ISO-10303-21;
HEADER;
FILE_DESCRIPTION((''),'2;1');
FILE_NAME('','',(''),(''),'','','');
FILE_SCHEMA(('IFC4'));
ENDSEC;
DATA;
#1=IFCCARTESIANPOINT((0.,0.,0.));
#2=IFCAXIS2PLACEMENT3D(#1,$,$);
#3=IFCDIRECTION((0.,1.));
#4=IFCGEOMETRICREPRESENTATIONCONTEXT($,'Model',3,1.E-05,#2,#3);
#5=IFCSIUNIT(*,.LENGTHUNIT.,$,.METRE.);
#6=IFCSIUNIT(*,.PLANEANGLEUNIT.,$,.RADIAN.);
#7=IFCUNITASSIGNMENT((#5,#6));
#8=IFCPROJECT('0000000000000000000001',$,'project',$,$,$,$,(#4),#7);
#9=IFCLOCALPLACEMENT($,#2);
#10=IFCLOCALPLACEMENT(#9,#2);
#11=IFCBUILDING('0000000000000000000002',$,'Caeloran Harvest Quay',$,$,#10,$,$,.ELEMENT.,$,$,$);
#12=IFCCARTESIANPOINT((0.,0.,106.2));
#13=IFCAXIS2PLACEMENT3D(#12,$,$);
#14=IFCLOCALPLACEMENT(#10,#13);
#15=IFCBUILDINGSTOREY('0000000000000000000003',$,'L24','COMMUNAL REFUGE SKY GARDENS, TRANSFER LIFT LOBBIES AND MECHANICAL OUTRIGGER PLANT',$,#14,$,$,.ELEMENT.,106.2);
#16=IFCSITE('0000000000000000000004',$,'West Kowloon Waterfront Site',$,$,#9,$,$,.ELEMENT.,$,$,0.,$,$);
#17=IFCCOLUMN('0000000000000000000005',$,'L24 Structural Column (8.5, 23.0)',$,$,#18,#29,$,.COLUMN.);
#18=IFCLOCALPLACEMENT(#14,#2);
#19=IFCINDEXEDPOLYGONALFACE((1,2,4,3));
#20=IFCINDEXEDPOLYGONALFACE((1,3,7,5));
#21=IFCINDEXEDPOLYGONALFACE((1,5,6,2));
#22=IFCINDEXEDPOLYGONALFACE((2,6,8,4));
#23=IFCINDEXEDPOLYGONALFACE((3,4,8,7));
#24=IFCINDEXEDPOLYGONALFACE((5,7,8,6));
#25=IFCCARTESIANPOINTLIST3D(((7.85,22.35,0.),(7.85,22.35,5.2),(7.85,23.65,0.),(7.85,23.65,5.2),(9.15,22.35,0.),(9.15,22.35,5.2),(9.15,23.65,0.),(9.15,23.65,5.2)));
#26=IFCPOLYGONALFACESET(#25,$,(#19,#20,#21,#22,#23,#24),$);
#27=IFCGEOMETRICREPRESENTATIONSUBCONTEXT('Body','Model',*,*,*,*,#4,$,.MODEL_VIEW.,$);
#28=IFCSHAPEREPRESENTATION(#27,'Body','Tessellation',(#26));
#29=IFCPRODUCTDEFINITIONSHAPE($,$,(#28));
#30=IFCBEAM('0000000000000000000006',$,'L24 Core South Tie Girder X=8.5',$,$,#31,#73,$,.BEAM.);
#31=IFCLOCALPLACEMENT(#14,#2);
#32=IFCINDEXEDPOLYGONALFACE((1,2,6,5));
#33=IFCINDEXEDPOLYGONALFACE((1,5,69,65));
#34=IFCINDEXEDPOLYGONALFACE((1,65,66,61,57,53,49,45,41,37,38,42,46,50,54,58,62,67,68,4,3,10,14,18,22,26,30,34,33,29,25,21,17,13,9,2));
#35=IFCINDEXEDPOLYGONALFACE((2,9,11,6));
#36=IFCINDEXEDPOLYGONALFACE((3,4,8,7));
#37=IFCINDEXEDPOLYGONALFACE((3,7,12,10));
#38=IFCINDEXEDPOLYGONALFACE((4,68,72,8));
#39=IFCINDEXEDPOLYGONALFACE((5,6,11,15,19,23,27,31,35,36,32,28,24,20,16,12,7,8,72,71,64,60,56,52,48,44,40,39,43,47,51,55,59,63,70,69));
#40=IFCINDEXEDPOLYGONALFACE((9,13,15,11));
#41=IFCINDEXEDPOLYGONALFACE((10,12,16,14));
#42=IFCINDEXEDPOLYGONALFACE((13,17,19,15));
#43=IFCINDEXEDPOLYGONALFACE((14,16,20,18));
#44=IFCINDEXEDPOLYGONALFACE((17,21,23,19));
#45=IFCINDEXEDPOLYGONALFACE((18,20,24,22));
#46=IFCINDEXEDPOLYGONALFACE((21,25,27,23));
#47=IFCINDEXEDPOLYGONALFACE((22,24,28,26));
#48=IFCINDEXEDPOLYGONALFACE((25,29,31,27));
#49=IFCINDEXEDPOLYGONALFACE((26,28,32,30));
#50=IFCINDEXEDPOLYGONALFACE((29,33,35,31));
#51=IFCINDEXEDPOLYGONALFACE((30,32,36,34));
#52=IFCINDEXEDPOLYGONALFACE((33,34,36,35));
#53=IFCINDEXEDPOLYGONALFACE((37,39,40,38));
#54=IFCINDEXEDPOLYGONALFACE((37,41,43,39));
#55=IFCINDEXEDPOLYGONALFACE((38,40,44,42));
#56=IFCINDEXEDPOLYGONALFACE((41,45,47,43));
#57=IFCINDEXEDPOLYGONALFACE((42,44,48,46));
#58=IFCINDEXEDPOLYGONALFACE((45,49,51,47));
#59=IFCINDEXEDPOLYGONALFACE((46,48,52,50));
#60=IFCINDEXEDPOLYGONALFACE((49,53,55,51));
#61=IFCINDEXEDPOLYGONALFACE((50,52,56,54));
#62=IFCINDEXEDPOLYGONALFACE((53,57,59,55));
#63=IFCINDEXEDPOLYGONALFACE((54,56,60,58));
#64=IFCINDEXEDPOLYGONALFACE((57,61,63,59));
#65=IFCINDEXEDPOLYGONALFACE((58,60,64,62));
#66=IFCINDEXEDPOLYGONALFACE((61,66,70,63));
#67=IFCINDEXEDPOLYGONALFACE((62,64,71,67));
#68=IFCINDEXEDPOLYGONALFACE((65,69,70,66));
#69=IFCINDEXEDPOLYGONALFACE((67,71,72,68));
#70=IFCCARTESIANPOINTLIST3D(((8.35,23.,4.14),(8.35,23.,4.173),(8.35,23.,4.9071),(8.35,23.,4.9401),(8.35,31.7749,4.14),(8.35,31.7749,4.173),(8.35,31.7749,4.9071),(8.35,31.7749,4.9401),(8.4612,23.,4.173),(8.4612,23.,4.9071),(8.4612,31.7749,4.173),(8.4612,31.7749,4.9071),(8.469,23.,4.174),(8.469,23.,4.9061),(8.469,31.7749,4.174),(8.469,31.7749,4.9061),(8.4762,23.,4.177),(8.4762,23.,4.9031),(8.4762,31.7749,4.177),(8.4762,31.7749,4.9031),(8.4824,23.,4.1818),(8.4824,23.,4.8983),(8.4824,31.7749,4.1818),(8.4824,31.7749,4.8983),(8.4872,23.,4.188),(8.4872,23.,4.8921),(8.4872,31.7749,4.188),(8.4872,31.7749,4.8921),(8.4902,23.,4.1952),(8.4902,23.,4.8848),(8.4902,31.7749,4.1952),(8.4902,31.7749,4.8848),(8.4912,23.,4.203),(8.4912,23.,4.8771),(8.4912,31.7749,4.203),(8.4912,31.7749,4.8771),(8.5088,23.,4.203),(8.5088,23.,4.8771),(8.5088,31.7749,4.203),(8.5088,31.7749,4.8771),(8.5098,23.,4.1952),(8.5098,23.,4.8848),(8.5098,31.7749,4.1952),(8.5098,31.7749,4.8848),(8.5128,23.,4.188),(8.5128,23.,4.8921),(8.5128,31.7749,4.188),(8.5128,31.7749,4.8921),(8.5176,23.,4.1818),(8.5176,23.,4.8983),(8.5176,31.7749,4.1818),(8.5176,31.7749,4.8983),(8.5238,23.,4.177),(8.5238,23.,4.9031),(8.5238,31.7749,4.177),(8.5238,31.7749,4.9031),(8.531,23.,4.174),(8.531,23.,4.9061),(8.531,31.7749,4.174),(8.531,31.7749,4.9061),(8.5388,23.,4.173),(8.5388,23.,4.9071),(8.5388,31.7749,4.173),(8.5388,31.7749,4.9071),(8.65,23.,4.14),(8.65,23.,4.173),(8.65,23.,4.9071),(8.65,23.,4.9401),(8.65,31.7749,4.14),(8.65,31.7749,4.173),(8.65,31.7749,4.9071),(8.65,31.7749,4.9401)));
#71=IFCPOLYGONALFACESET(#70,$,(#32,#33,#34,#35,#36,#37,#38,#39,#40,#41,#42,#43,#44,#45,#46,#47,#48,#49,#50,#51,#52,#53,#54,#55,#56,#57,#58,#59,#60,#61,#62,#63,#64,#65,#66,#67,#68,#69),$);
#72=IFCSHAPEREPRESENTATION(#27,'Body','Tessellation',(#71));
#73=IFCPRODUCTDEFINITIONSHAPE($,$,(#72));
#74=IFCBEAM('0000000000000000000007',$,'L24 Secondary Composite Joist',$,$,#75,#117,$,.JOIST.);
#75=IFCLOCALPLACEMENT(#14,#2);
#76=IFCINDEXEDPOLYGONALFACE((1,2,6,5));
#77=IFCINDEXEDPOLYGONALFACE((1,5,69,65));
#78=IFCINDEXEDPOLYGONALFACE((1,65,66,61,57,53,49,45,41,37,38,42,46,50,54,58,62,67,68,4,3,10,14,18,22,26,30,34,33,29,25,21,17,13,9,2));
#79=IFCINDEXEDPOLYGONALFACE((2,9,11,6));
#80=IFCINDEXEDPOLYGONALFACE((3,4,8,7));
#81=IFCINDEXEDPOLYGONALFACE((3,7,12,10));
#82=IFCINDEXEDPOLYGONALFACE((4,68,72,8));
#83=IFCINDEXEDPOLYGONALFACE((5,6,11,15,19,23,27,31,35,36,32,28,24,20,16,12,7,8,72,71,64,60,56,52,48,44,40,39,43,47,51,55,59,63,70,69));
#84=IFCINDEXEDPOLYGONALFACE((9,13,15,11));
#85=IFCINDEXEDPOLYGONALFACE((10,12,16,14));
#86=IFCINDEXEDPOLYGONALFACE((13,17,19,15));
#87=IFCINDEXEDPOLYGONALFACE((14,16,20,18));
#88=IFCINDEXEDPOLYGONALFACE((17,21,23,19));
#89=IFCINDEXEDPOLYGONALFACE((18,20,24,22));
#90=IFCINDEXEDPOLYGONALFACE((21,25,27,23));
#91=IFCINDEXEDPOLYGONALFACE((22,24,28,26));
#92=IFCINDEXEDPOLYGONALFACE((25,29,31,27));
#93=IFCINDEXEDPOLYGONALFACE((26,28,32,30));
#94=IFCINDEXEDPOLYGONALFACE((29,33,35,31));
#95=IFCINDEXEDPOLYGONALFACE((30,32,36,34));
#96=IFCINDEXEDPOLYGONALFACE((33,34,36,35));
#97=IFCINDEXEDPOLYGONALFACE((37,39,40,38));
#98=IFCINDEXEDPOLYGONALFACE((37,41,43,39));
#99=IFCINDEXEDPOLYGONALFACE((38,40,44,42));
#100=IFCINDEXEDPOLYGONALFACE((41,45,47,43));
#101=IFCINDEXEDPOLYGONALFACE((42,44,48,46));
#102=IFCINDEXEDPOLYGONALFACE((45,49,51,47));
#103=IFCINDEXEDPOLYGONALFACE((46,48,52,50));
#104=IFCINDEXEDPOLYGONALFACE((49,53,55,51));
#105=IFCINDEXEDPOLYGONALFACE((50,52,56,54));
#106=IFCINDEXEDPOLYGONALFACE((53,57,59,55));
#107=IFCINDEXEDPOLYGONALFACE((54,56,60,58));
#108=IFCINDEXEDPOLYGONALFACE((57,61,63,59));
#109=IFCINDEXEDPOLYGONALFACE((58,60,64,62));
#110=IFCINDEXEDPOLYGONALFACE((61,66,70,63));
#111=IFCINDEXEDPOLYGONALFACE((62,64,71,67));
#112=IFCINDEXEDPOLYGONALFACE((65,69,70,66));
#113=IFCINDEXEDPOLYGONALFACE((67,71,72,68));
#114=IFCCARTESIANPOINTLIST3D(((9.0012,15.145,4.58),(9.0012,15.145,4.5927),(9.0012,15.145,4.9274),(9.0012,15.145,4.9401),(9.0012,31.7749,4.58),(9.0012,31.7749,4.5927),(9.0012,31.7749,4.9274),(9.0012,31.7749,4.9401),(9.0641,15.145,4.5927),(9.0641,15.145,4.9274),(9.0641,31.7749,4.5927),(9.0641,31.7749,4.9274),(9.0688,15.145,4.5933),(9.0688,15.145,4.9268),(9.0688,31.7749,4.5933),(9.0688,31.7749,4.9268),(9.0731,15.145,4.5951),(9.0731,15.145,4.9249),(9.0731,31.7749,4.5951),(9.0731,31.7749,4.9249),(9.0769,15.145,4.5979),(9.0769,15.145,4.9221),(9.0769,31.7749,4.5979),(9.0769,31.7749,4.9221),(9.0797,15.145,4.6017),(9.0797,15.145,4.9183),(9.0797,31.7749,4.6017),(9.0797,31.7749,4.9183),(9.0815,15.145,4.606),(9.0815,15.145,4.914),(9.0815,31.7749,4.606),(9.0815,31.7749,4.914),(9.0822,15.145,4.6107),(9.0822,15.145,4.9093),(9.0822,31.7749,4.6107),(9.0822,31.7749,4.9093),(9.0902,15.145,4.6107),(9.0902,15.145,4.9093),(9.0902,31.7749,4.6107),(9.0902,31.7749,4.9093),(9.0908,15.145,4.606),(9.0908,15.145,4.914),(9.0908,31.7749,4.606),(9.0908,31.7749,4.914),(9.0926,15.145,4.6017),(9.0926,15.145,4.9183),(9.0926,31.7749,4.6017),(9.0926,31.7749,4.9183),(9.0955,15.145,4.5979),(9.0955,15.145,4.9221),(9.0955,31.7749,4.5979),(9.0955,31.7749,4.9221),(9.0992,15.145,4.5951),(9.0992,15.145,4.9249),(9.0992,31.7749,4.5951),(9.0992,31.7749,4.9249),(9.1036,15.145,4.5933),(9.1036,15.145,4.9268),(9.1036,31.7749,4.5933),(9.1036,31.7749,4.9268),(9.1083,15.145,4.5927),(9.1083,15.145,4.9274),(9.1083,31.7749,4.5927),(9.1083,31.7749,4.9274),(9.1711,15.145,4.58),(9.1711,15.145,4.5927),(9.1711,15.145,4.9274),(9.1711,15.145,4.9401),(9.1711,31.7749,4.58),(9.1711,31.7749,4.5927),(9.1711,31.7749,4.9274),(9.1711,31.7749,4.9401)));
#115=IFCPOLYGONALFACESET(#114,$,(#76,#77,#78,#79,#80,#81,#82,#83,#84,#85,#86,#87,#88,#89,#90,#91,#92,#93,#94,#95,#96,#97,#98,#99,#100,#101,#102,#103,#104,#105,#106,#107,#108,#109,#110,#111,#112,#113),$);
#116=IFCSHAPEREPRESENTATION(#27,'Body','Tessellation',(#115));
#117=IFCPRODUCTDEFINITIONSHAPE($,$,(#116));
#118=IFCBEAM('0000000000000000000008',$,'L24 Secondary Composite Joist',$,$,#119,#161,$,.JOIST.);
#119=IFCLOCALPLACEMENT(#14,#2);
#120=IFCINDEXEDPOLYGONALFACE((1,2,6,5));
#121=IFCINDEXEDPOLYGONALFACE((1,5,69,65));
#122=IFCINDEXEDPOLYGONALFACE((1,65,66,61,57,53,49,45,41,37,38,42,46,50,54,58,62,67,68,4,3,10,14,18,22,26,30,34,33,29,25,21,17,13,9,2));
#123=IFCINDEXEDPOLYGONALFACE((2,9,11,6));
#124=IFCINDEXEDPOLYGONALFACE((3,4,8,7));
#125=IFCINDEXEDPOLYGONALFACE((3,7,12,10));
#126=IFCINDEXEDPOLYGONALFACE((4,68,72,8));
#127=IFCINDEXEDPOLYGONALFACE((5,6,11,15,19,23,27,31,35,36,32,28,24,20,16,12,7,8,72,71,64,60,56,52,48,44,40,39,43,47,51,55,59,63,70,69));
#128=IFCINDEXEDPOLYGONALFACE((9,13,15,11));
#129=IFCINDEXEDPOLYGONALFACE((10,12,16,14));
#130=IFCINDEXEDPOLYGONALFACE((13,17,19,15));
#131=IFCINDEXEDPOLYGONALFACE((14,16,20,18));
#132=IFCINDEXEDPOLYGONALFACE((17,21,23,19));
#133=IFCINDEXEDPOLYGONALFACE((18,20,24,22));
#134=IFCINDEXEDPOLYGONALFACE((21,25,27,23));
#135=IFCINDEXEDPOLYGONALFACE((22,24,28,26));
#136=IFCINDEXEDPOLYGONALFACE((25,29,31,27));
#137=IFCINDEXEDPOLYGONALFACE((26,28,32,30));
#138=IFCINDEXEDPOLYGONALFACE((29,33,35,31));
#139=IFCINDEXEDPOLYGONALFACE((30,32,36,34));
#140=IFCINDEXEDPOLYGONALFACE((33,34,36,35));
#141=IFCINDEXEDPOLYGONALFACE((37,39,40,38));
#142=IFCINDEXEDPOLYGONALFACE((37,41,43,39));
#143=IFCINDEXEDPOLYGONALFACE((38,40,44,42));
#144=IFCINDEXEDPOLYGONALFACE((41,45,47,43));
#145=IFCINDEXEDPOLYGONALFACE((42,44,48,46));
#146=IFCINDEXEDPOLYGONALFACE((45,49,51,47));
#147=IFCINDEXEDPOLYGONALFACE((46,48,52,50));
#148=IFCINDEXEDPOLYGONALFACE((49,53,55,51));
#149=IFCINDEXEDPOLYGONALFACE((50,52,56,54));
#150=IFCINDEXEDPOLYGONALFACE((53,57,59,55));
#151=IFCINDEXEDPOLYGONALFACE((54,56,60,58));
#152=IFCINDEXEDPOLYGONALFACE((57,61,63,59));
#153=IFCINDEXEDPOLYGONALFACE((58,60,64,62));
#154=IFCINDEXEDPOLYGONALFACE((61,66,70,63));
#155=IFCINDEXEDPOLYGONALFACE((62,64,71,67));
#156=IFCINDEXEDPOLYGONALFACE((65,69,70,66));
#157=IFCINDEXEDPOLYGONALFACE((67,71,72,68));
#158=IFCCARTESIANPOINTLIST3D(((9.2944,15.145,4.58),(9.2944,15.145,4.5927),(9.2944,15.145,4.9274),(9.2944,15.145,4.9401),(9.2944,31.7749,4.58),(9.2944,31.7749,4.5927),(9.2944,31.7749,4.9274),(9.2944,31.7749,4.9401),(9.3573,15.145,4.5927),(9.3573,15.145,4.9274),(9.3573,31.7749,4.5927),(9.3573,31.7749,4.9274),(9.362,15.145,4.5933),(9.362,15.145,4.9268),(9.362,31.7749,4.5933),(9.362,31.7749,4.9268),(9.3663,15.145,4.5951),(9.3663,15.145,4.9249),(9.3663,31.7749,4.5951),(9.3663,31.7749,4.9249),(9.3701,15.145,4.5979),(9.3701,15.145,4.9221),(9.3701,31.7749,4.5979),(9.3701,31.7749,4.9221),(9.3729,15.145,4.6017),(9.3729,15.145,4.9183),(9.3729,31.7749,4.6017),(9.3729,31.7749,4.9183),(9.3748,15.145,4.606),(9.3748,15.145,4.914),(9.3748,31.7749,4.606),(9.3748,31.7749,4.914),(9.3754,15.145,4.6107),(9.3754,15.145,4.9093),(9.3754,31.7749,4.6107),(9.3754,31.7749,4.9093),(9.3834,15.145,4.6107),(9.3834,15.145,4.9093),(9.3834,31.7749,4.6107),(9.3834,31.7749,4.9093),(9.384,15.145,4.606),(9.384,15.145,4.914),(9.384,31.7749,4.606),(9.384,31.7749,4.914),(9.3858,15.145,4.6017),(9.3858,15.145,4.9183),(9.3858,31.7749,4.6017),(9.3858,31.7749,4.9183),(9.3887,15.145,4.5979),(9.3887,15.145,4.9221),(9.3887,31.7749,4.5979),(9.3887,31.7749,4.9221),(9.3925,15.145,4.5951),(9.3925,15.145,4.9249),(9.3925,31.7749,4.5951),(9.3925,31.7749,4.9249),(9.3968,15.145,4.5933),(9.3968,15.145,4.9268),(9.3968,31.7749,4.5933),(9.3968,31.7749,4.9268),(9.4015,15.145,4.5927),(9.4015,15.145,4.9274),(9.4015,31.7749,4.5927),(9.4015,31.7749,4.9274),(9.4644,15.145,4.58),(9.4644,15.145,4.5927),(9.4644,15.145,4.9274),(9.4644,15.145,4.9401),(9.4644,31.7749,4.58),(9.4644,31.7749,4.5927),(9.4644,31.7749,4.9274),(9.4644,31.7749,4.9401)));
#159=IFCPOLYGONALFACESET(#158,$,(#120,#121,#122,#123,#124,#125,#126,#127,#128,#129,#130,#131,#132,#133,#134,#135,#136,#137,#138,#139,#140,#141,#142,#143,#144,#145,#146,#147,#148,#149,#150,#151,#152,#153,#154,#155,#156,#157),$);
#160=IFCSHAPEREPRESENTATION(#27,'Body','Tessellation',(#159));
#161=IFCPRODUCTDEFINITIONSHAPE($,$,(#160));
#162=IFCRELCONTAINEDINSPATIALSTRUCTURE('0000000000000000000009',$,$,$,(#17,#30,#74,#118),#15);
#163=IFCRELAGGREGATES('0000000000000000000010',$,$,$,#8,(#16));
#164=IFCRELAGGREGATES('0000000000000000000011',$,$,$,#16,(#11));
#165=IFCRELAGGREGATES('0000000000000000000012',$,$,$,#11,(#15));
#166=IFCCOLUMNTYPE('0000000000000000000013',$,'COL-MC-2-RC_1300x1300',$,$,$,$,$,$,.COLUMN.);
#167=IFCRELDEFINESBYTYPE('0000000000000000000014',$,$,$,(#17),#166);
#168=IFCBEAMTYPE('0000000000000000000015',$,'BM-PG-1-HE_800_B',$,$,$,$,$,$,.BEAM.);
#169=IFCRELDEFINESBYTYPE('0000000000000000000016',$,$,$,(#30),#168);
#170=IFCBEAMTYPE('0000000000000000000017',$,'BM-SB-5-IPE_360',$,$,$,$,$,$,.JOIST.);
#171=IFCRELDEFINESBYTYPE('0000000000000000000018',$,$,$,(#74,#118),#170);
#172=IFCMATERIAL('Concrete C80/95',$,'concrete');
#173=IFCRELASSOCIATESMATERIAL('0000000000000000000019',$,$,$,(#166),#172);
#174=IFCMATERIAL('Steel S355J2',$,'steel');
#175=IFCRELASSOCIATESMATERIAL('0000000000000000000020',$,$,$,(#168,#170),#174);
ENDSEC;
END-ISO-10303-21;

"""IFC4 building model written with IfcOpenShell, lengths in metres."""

from ifc_helpers import new_model, si_unit, direction, frame, origin, origin_2d, place, context, subcontext, project, spatial, rectangle, i_section, extrude, material, material_profile, profile_set, type_object, element, save


model = new_model("IFC4")

# Units and contexts
model_context = context("Model", 3, precision=1e-05, world=origin(), true_north=direction((0.0, 1.0)))
body_context = subcontext(model_context, "Body", "Model", "MODEL_VIEW")
ifc_project = project(units=[si_unit("LENGTHUNIT", "METRE"), si_unit("PLANEANGLEUNIT", "RADIAN")], contexts=[model_context])

# Site, building, storey
site_placement = place(None, origin())
site = spatial("IfcSite", under=ifc_project, at=site_placement, Name="West Kowloon Waterfront Site", CompositionType="ELEMENT", RefElevation=0.0)
building_placement = place(site_placement, origin())
building = spatial("IfcBuilding", under=site, at=building_placement, Name="Caeloran Harvest Quay", CompositionType="ELEMENT")
storey_placement = place(building_placement, frame((0.0, 0.0, 106.2)))
storey = spatial("IfcBuildingStorey", under=building, at=storey_placement, Name="L24", Description="COMMUNAL REFUGE SKY GARDENS, TRANSFER LIFT LOBBIES AND MECHANICAL OUTRIGGER PLANT", CompositionType="ELEMENT", Elevation=106.2)

# Column
ifc_material_1 = material(Name="Concrete C80/95", Category="concrete")
ifc_material_profile_1 = material_profile(ifc_material_1, rectangle(XDim=1.3, YDim=1.3, at=origin_2d()), Name="RC 1300x1300")
ifc_profile_set_1 = profile_set([ifc_material_profile_1], Name="Concrete C80/95")
column_type = type_object("IfcColumnType", Name="COL-MC-2-RC_1300x1300", PredefinedType="COLUMN", material=ifc_profile_set_1)
column_placement = place(storey_placement, frame((8.5, 23.0, 0.0), z_axis=(0.0, 0.0, 1.0), x_axis=(1.0, 0.0, 0.0)))
element("IfcColumn", 1, at=column_placement, inside=storey, type_object=column_type, Name="L24 Structural Column (8.5, 23.0)", PredefinedType="COLUMN", context=body_context, shape_type="SweptSolid", body=[
    extrude(rectangle(XDim=1.3, YDim=1.3, at=origin_2d()), origin(), (0.0, 0.0, 1.0), 5.2),
])

# Beams
ifc_material_2 = material(Name="Steel S355J2", Category="steel")
ifc_material_profile_2 = material_profile(ifc_material_2, i_section(OverallWidth=0.3, OverallDepth=0.8, WebThickness=0.0176, FlangeThickness=0.033, FilletRadius=0.03, at=origin_2d()), Name="HE 800 B")
ifc_profile_set_2 = profile_set([ifc_material_profile_2], Name="Steel S355J2")
beam_type_1 = type_object("IfcBeamType", Name="BM-PG-1-HE_800_B", PredefinedType="BEAM", material=ifc_profile_set_2)
beam_1_placement = place(storey_placement, frame((8.5, 23.0, 4.54), z_axis=(0.0, 1.0, 0.0), x_axis=(-1.0, 0.0, 0.0)))
element("IfcBeam", 2, at=beam_1_placement, inside=storey, type_object=beam_type_1, Name="L24 Core South Tie Girder X=8.5", PredefinedType="BEAM", context=body_context, shape_type="SweptSolid", body=[
    extrude(i_section(OverallWidth=0.3, OverallDepth=0.8, WebThickness=0.0176, FlangeThickness=0.033, FilletRadius=0.03, at=origin_2d()), origin(), (0.0, 0.0, 1.0), 8.7749),
])
ifc_material_profile_3 = material_profile(ifc_material_2, i_section(OverallWidth=0.1699, OverallDepth=0.3601, WebThickness=0.0081, FlangeThickness=0.0127, FilletRadius=0.0181, at=origin_2d()), Name="IPE 360")
ifc_profile_set_3 = profile_set([ifc_material_profile_3], Name="Steel S355J2")
beam_type_2 = type_object("IfcBeamType", Name="BM-SB-5-IPE_360", PredefinedType="JOIST", material=ifc_profile_set_3)
for number, where, z_axis, x_axis, name in (
    (3, (9.0862, 15.145, 4.76), (0.0, 1.0, 0.0), (-1.0, 0.0, 0.0), "L24 Secondary Composite Joist"),
    (4, (9.3794, 15.145, 4.76), (0.0, 1.0, 0.0), (-1.0, 0.0, 0.0), "L24 Secondary Composite Joist"),
):
    element("IfcBeam", number, at=place(storey_placement, frame(where, z_axis=z_axis, x_axis=x_axis)), inside=storey, type_object=beam_type_2, Name=name, PredefinedType="JOIST", context=body_context, shape_type="SweptSolid", body=[
        extrude(i_section(OverallWidth=0.1699, OverallDepth=0.3601, WebThickness=0.0081, FlangeThickness=0.0127, FilletRadius=0.0181, at=origin_2d()), origin(), (0.0, 0.0, 1.0), 16.6299),
    ])

save(model, "model.ifc")
